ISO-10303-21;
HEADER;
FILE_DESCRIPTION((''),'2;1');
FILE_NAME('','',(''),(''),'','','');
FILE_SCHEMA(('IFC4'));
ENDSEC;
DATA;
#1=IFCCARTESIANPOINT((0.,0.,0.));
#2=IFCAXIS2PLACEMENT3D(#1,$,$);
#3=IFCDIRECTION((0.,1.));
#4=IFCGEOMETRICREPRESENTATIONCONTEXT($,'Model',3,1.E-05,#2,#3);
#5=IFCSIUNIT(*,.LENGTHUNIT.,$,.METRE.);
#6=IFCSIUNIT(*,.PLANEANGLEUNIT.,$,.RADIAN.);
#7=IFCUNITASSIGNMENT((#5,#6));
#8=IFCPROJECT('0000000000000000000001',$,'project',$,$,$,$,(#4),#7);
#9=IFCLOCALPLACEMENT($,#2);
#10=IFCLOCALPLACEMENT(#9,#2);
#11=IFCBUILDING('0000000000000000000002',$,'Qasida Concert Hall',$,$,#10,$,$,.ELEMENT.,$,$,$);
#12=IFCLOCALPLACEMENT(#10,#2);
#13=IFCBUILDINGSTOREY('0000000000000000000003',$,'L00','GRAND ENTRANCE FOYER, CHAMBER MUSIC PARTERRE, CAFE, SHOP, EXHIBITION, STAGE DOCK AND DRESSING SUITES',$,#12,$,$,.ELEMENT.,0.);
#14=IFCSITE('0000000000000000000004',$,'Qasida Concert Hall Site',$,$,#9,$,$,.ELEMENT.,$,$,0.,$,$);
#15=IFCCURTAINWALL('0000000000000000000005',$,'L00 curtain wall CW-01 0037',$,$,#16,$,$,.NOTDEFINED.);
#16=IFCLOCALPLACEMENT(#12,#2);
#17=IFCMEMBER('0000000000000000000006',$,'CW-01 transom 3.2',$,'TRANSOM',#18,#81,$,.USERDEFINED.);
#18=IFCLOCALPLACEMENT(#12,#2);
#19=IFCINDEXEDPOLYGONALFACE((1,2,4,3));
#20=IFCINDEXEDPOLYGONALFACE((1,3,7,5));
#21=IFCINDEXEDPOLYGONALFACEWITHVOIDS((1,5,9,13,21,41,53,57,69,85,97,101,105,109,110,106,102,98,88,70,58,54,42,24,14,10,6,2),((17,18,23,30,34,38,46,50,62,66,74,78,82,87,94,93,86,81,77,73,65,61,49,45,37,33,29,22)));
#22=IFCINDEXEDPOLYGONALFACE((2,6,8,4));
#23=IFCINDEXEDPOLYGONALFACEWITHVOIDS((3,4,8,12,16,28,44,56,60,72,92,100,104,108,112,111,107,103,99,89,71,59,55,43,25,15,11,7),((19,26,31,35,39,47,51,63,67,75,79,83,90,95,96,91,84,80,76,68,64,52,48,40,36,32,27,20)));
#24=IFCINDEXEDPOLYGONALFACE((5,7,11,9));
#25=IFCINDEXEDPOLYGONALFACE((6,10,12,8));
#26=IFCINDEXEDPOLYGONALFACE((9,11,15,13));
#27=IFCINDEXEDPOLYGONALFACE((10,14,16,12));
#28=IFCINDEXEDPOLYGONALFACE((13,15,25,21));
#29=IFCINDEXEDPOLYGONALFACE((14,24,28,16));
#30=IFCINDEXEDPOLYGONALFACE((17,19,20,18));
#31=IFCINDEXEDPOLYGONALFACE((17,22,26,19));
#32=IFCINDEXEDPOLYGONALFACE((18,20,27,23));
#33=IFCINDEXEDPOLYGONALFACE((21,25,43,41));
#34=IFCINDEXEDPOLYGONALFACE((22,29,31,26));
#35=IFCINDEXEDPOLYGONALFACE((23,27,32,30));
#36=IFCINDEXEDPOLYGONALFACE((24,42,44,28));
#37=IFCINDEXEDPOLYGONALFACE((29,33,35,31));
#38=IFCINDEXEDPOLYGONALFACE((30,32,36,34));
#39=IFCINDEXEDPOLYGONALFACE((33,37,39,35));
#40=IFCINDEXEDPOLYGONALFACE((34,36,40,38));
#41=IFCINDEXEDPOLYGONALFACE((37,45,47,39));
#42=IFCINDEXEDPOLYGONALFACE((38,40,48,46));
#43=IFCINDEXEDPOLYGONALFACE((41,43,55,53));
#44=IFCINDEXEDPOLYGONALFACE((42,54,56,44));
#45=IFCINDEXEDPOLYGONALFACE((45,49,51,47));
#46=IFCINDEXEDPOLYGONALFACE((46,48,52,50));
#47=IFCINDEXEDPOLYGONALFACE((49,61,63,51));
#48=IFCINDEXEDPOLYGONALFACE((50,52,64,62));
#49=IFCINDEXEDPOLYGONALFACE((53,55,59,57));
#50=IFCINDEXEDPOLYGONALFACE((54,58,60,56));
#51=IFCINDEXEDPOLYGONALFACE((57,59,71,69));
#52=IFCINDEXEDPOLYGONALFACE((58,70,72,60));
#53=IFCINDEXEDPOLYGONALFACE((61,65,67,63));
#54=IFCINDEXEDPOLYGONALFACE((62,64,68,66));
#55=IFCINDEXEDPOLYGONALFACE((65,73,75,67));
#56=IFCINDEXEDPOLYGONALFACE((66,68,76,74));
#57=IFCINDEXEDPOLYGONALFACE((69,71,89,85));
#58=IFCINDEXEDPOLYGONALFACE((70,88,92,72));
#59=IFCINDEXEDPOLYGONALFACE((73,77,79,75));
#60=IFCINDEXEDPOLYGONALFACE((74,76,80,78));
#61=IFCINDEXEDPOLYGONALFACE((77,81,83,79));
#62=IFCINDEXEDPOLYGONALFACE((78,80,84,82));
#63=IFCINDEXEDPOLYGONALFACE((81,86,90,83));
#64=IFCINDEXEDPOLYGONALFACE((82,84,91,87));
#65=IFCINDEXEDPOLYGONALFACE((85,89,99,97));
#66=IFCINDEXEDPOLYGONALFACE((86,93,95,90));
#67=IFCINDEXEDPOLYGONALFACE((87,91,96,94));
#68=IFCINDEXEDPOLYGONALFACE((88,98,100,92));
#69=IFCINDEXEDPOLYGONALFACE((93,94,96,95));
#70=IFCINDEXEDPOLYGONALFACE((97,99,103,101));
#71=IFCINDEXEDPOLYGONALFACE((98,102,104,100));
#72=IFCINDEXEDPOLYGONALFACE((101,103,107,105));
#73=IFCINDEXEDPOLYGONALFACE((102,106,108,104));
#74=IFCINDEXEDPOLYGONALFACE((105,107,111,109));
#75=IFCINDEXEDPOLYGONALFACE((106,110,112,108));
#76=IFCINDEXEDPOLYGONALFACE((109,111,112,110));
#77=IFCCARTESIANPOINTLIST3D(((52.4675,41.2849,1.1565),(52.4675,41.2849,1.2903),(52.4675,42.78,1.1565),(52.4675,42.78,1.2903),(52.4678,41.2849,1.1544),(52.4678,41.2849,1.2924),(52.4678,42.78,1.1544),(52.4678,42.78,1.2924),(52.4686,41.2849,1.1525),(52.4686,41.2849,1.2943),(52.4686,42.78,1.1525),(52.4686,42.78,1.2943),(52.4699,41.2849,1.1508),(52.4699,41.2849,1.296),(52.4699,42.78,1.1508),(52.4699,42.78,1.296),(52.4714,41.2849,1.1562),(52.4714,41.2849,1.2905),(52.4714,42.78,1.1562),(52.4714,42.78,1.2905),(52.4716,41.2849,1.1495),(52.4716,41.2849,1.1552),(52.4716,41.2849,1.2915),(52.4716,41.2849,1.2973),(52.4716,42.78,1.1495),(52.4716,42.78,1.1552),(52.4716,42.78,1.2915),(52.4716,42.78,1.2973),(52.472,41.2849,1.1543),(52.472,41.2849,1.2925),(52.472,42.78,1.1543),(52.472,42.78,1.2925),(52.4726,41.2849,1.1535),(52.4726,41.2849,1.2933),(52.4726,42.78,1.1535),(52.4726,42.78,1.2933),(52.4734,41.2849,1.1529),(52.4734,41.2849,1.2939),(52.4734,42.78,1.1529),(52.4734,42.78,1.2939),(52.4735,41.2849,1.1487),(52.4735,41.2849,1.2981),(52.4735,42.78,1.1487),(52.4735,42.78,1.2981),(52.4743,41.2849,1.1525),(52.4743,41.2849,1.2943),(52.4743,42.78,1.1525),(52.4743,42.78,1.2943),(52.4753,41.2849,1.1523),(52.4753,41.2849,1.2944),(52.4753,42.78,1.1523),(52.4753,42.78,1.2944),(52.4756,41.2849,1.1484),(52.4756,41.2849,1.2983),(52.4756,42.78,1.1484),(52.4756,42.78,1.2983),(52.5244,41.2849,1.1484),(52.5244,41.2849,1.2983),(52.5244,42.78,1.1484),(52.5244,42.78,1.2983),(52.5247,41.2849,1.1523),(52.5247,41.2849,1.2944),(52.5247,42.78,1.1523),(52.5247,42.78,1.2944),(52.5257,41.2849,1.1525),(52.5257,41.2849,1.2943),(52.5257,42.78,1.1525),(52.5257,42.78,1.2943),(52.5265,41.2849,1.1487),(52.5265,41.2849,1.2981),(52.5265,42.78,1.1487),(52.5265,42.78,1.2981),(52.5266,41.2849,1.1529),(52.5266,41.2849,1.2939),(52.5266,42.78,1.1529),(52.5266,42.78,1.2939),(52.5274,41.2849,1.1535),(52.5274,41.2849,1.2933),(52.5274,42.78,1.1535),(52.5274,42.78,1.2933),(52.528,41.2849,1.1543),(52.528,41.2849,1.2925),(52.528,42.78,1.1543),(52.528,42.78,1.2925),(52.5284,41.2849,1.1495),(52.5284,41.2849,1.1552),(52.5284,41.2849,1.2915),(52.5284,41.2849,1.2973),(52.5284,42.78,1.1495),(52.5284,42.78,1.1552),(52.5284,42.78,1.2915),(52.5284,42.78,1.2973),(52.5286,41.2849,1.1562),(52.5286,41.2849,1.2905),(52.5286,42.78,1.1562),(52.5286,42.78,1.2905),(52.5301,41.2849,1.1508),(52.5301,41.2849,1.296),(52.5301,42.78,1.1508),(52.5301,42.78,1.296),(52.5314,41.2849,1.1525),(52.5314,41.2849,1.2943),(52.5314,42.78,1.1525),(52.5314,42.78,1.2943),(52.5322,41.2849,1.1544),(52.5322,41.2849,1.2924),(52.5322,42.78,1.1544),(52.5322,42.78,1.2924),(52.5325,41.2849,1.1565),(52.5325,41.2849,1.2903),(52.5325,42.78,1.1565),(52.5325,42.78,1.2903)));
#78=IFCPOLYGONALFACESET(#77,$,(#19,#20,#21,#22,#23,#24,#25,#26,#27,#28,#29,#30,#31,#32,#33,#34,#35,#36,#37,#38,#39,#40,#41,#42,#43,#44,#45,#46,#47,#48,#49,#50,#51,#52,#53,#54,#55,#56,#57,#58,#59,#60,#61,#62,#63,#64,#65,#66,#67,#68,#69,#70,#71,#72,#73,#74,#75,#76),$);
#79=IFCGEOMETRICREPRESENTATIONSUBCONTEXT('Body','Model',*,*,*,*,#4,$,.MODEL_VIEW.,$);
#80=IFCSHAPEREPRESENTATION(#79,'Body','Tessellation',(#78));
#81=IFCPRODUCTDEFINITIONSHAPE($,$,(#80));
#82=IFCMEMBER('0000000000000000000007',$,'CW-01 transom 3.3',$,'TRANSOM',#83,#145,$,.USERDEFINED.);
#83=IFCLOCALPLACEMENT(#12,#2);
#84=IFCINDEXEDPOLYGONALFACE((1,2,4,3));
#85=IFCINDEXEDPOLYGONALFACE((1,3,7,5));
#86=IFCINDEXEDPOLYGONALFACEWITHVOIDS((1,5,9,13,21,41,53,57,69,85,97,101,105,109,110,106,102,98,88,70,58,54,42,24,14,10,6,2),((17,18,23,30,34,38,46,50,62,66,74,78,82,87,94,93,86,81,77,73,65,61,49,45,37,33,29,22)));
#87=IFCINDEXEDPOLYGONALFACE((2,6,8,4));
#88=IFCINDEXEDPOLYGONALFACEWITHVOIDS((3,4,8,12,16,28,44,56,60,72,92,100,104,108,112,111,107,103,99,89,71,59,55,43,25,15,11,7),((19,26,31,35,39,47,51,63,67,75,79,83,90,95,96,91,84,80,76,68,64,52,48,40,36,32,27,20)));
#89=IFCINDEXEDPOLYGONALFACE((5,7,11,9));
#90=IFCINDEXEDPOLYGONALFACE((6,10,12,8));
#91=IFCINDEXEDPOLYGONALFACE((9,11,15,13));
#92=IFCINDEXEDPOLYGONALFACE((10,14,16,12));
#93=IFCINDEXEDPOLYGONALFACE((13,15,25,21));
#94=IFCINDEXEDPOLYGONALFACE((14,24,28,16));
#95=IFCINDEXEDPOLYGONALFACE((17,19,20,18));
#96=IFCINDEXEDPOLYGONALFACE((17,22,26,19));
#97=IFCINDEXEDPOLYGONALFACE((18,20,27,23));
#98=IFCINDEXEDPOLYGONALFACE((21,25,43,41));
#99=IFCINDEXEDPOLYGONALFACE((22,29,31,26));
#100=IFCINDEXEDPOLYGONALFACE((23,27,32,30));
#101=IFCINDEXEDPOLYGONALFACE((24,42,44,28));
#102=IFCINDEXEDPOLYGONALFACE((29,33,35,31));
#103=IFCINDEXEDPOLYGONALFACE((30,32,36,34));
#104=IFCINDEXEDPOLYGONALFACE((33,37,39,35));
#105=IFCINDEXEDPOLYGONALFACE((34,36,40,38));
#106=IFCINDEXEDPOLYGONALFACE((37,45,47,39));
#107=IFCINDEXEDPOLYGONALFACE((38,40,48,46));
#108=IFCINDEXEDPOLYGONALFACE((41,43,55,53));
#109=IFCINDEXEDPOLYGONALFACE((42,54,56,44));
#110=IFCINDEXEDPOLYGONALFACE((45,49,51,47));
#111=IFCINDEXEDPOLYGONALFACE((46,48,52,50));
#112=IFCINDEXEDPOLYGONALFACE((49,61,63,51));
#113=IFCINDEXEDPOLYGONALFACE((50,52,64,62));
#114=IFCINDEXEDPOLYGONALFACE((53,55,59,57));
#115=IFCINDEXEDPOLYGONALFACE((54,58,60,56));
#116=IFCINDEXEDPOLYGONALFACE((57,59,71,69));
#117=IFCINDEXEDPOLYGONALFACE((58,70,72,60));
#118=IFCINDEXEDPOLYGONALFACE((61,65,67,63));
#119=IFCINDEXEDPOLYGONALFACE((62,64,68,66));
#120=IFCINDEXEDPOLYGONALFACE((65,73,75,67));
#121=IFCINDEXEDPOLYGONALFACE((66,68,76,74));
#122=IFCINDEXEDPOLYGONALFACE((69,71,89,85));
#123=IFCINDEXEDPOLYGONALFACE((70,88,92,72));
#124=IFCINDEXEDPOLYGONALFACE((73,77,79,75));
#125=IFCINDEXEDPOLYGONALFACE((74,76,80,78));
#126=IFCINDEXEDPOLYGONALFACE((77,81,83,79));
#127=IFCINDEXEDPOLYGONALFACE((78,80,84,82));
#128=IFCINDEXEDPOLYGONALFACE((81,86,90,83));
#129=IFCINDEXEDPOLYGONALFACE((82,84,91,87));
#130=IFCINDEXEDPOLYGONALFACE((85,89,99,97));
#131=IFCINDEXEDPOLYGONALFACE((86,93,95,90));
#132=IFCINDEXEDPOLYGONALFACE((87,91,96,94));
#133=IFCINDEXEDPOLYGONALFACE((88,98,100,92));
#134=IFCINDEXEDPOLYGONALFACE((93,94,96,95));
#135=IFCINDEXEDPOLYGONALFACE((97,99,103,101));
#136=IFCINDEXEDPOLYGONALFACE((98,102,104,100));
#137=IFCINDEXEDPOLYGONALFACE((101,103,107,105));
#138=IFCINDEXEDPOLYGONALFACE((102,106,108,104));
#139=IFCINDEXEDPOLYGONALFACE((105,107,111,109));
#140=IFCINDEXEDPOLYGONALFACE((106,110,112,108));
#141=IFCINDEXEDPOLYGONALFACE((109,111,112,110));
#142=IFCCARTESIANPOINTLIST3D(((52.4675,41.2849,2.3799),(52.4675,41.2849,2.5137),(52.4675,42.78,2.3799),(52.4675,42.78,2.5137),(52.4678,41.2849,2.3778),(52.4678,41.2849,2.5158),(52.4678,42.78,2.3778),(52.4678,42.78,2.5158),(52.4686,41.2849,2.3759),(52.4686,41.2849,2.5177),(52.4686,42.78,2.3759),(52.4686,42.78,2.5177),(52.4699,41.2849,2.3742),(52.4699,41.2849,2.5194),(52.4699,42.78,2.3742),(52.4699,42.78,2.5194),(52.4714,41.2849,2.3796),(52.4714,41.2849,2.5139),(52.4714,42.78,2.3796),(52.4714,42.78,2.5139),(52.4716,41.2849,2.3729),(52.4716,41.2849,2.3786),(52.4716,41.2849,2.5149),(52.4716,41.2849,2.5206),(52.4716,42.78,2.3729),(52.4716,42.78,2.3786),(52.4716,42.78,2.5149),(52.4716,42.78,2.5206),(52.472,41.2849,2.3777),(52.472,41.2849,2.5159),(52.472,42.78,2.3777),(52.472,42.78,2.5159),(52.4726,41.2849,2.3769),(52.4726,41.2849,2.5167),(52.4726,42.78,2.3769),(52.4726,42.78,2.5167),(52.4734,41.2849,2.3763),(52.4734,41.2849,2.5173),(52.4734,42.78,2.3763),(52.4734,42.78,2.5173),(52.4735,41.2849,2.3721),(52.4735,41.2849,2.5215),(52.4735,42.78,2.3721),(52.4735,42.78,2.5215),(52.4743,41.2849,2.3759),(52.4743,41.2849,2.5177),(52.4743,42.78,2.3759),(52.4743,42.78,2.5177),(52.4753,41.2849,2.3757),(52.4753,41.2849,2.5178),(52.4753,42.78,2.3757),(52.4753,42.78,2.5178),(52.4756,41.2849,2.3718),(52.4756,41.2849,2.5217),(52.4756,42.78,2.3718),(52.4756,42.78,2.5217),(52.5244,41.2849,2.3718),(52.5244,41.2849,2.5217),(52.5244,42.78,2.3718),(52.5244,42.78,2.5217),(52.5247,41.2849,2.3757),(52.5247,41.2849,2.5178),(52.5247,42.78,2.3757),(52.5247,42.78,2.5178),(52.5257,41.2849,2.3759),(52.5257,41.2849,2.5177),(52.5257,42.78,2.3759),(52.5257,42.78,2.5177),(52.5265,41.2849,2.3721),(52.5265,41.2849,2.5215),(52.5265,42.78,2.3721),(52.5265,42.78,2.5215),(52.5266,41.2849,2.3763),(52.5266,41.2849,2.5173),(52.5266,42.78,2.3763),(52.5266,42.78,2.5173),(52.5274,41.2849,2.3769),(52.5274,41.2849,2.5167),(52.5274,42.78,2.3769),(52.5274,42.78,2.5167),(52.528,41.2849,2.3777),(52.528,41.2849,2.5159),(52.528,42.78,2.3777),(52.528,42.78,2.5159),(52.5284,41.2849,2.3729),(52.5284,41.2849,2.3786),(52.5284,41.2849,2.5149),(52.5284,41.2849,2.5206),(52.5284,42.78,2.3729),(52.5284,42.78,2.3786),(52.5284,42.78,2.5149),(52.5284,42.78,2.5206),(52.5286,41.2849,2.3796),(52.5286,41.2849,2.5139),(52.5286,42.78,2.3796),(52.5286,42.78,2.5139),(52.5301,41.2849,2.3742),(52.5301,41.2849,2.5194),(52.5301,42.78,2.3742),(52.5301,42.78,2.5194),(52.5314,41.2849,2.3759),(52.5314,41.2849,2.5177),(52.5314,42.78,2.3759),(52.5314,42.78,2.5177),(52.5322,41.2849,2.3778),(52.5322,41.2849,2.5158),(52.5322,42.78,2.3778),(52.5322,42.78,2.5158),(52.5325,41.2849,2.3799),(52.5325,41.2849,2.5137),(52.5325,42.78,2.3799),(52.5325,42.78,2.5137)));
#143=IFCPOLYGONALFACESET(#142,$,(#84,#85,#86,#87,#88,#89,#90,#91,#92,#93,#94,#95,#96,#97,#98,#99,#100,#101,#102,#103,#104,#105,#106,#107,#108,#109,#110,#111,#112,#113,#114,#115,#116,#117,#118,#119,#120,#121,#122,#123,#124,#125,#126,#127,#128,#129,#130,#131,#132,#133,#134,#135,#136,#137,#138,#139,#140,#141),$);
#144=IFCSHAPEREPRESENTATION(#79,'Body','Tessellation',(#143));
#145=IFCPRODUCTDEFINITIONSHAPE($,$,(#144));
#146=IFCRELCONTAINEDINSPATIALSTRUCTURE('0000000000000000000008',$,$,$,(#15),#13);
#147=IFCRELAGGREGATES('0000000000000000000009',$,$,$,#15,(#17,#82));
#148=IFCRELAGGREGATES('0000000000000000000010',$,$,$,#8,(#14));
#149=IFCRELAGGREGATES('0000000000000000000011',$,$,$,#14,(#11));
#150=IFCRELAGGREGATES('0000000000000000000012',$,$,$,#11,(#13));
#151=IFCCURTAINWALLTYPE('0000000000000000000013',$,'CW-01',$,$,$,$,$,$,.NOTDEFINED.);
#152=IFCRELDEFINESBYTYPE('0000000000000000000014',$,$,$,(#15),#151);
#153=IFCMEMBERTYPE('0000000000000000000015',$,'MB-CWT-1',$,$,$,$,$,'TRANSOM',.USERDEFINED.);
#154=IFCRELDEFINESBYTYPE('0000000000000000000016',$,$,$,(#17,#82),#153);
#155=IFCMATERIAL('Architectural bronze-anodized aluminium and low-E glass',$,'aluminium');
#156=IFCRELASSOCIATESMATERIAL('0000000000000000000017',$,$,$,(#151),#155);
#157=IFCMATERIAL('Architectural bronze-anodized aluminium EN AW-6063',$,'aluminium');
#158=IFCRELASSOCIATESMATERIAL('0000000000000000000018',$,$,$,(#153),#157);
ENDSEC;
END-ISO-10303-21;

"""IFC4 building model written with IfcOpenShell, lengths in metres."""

from ifc_helpers import new_model, si_unit, direction, frame, origin, origin_2d, place, context, subcontext, project, spatial, hollow_rectangle, extrude, material, material_profile, profile_set, type_object, element, aggregate, save


model = new_model("IFC4")

# Units and contexts
model_context = context("Model", 3, precision=1e-05, world=origin(), true_north=direction((0.0, 1.0)))
body_context = subcontext(model_context, "Body", "Model", "MODEL_VIEW")
ifc_project = project(units=[si_unit("LENGTHUNIT", "METRE"), si_unit("PLANEANGLEUNIT", "RADIAN")], contexts=[model_context])

# Site, building, storey
site_placement = place(None, origin())
site = spatial("IfcSite", under=ifc_project, at=site_placement, Name="Qasida Concert Hall Site", CompositionType="ELEMENT", RefElevation=0.0)
building_placement = place(site_placement, origin())
building = spatial("IfcBuilding", under=site, at=building_placement, Name="Qasida Concert Hall", CompositionType="ELEMENT")
storey_placement = place(building_placement, origin())
storey = spatial("IfcBuildingStorey", under=building, at=storey_placement, Name="L00", Description="GRAND ENTRANCE FOYER, CHAMBER MUSIC PARTERRE, CAFE, SHOP, EXHIBITION, STAGE DOCK AND DRESSING SUITES", CompositionType="ELEMENT", Elevation=0.0)

# Curtain wall, members
ifc_material_1 = material(Name="Architectural bronze-anodized aluminium and low-E glass", Category="aluminium")
curtain_wall_type = type_object("IfcCurtainWallType", Name="CW-01", PredefinedType="NOTDEFINED", material=ifc_material_1)
curtain_wall_placement = place(storey_placement, origin())
curtain_wall = element("IfcCurtainWall", 1, at=curtain_wall_placement, inside=storey, type_object=curtain_wall_type, Name="L00 curtain wall CW-01 0037", PredefinedType="NOTDEFINED")
ifc_material_2 = material(Name="Architectural bronze-anodized aluminium EN AW-6063", Category="aluminium")
ifc_material_profile_1 = material_profile(ifc_material_2, hollow_rectangle(XDim=0.0649, YDim=0.1499, WallThickness=0.0039, InnerFilletRadius=0.0039, OuterFilletRadius=0.0081, at=origin_2d()), Name="CWT 150x65x4")
ifc_profile_set_1 = profile_set([ifc_material_profile_1], Name="Architectural bronze-anodized aluminium EN AW-6063")
member_type_1 = type_object("IfcMemberType", Name="MB-CWT-1", ElementType="TRANSOM", PredefinedType="USERDEFINED", material=ifc_profile_set_1)
member_1_placement = place(storey_placement, frame((52.5, 41.2849, 1.2234), z_axis=(0.0, 1.0, 0.0), x_axis=(-1.0, 0.0, 0.0)))
member_1 = element("IfcMember", 2, at=member_1_placement, type_object=member_type_1, Name="CW-01 transom 3.2", ObjectType="TRANSOM", PredefinedType="USERDEFINED", context=body_context, shape_type="SweptSolid", body=[
    extrude(hollow_rectangle(XDim=0.0649, YDim=0.1499, WallThickness=0.0039, InnerFilletRadius=0.0039, OuterFilletRadius=0.0081, at=origin_2d()), origin(), (0.0, 0.0, 1.0), 1.4951),
])
member_2_placement = place(storey_placement, frame((52.5, 41.2849, 2.4468), z_axis=(0.0, 1.0, 0.0), x_axis=(-1.0, 0.0, 0.0)))
member_2 = element("IfcMember", 3, at=member_2_placement, type_object=member_type_1, Name="CW-01 transom 3.3", ObjectType="TRANSOM", PredefinedType="USERDEFINED", context=body_context, shape_type="SweptSolid", body=[
    extrude(hollow_rectangle(XDim=0.0649, YDim=0.1499, WallThickness=0.0039, InnerFilletRadius=0.0039, OuterFilletRadius=0.0081, at=origin_2d()), origin(), (0.0, 0.0, 1.0), 1.4951),
])
aggregate(curtain_wall, [member_1, member_2])

save(model, "model.ifc")
